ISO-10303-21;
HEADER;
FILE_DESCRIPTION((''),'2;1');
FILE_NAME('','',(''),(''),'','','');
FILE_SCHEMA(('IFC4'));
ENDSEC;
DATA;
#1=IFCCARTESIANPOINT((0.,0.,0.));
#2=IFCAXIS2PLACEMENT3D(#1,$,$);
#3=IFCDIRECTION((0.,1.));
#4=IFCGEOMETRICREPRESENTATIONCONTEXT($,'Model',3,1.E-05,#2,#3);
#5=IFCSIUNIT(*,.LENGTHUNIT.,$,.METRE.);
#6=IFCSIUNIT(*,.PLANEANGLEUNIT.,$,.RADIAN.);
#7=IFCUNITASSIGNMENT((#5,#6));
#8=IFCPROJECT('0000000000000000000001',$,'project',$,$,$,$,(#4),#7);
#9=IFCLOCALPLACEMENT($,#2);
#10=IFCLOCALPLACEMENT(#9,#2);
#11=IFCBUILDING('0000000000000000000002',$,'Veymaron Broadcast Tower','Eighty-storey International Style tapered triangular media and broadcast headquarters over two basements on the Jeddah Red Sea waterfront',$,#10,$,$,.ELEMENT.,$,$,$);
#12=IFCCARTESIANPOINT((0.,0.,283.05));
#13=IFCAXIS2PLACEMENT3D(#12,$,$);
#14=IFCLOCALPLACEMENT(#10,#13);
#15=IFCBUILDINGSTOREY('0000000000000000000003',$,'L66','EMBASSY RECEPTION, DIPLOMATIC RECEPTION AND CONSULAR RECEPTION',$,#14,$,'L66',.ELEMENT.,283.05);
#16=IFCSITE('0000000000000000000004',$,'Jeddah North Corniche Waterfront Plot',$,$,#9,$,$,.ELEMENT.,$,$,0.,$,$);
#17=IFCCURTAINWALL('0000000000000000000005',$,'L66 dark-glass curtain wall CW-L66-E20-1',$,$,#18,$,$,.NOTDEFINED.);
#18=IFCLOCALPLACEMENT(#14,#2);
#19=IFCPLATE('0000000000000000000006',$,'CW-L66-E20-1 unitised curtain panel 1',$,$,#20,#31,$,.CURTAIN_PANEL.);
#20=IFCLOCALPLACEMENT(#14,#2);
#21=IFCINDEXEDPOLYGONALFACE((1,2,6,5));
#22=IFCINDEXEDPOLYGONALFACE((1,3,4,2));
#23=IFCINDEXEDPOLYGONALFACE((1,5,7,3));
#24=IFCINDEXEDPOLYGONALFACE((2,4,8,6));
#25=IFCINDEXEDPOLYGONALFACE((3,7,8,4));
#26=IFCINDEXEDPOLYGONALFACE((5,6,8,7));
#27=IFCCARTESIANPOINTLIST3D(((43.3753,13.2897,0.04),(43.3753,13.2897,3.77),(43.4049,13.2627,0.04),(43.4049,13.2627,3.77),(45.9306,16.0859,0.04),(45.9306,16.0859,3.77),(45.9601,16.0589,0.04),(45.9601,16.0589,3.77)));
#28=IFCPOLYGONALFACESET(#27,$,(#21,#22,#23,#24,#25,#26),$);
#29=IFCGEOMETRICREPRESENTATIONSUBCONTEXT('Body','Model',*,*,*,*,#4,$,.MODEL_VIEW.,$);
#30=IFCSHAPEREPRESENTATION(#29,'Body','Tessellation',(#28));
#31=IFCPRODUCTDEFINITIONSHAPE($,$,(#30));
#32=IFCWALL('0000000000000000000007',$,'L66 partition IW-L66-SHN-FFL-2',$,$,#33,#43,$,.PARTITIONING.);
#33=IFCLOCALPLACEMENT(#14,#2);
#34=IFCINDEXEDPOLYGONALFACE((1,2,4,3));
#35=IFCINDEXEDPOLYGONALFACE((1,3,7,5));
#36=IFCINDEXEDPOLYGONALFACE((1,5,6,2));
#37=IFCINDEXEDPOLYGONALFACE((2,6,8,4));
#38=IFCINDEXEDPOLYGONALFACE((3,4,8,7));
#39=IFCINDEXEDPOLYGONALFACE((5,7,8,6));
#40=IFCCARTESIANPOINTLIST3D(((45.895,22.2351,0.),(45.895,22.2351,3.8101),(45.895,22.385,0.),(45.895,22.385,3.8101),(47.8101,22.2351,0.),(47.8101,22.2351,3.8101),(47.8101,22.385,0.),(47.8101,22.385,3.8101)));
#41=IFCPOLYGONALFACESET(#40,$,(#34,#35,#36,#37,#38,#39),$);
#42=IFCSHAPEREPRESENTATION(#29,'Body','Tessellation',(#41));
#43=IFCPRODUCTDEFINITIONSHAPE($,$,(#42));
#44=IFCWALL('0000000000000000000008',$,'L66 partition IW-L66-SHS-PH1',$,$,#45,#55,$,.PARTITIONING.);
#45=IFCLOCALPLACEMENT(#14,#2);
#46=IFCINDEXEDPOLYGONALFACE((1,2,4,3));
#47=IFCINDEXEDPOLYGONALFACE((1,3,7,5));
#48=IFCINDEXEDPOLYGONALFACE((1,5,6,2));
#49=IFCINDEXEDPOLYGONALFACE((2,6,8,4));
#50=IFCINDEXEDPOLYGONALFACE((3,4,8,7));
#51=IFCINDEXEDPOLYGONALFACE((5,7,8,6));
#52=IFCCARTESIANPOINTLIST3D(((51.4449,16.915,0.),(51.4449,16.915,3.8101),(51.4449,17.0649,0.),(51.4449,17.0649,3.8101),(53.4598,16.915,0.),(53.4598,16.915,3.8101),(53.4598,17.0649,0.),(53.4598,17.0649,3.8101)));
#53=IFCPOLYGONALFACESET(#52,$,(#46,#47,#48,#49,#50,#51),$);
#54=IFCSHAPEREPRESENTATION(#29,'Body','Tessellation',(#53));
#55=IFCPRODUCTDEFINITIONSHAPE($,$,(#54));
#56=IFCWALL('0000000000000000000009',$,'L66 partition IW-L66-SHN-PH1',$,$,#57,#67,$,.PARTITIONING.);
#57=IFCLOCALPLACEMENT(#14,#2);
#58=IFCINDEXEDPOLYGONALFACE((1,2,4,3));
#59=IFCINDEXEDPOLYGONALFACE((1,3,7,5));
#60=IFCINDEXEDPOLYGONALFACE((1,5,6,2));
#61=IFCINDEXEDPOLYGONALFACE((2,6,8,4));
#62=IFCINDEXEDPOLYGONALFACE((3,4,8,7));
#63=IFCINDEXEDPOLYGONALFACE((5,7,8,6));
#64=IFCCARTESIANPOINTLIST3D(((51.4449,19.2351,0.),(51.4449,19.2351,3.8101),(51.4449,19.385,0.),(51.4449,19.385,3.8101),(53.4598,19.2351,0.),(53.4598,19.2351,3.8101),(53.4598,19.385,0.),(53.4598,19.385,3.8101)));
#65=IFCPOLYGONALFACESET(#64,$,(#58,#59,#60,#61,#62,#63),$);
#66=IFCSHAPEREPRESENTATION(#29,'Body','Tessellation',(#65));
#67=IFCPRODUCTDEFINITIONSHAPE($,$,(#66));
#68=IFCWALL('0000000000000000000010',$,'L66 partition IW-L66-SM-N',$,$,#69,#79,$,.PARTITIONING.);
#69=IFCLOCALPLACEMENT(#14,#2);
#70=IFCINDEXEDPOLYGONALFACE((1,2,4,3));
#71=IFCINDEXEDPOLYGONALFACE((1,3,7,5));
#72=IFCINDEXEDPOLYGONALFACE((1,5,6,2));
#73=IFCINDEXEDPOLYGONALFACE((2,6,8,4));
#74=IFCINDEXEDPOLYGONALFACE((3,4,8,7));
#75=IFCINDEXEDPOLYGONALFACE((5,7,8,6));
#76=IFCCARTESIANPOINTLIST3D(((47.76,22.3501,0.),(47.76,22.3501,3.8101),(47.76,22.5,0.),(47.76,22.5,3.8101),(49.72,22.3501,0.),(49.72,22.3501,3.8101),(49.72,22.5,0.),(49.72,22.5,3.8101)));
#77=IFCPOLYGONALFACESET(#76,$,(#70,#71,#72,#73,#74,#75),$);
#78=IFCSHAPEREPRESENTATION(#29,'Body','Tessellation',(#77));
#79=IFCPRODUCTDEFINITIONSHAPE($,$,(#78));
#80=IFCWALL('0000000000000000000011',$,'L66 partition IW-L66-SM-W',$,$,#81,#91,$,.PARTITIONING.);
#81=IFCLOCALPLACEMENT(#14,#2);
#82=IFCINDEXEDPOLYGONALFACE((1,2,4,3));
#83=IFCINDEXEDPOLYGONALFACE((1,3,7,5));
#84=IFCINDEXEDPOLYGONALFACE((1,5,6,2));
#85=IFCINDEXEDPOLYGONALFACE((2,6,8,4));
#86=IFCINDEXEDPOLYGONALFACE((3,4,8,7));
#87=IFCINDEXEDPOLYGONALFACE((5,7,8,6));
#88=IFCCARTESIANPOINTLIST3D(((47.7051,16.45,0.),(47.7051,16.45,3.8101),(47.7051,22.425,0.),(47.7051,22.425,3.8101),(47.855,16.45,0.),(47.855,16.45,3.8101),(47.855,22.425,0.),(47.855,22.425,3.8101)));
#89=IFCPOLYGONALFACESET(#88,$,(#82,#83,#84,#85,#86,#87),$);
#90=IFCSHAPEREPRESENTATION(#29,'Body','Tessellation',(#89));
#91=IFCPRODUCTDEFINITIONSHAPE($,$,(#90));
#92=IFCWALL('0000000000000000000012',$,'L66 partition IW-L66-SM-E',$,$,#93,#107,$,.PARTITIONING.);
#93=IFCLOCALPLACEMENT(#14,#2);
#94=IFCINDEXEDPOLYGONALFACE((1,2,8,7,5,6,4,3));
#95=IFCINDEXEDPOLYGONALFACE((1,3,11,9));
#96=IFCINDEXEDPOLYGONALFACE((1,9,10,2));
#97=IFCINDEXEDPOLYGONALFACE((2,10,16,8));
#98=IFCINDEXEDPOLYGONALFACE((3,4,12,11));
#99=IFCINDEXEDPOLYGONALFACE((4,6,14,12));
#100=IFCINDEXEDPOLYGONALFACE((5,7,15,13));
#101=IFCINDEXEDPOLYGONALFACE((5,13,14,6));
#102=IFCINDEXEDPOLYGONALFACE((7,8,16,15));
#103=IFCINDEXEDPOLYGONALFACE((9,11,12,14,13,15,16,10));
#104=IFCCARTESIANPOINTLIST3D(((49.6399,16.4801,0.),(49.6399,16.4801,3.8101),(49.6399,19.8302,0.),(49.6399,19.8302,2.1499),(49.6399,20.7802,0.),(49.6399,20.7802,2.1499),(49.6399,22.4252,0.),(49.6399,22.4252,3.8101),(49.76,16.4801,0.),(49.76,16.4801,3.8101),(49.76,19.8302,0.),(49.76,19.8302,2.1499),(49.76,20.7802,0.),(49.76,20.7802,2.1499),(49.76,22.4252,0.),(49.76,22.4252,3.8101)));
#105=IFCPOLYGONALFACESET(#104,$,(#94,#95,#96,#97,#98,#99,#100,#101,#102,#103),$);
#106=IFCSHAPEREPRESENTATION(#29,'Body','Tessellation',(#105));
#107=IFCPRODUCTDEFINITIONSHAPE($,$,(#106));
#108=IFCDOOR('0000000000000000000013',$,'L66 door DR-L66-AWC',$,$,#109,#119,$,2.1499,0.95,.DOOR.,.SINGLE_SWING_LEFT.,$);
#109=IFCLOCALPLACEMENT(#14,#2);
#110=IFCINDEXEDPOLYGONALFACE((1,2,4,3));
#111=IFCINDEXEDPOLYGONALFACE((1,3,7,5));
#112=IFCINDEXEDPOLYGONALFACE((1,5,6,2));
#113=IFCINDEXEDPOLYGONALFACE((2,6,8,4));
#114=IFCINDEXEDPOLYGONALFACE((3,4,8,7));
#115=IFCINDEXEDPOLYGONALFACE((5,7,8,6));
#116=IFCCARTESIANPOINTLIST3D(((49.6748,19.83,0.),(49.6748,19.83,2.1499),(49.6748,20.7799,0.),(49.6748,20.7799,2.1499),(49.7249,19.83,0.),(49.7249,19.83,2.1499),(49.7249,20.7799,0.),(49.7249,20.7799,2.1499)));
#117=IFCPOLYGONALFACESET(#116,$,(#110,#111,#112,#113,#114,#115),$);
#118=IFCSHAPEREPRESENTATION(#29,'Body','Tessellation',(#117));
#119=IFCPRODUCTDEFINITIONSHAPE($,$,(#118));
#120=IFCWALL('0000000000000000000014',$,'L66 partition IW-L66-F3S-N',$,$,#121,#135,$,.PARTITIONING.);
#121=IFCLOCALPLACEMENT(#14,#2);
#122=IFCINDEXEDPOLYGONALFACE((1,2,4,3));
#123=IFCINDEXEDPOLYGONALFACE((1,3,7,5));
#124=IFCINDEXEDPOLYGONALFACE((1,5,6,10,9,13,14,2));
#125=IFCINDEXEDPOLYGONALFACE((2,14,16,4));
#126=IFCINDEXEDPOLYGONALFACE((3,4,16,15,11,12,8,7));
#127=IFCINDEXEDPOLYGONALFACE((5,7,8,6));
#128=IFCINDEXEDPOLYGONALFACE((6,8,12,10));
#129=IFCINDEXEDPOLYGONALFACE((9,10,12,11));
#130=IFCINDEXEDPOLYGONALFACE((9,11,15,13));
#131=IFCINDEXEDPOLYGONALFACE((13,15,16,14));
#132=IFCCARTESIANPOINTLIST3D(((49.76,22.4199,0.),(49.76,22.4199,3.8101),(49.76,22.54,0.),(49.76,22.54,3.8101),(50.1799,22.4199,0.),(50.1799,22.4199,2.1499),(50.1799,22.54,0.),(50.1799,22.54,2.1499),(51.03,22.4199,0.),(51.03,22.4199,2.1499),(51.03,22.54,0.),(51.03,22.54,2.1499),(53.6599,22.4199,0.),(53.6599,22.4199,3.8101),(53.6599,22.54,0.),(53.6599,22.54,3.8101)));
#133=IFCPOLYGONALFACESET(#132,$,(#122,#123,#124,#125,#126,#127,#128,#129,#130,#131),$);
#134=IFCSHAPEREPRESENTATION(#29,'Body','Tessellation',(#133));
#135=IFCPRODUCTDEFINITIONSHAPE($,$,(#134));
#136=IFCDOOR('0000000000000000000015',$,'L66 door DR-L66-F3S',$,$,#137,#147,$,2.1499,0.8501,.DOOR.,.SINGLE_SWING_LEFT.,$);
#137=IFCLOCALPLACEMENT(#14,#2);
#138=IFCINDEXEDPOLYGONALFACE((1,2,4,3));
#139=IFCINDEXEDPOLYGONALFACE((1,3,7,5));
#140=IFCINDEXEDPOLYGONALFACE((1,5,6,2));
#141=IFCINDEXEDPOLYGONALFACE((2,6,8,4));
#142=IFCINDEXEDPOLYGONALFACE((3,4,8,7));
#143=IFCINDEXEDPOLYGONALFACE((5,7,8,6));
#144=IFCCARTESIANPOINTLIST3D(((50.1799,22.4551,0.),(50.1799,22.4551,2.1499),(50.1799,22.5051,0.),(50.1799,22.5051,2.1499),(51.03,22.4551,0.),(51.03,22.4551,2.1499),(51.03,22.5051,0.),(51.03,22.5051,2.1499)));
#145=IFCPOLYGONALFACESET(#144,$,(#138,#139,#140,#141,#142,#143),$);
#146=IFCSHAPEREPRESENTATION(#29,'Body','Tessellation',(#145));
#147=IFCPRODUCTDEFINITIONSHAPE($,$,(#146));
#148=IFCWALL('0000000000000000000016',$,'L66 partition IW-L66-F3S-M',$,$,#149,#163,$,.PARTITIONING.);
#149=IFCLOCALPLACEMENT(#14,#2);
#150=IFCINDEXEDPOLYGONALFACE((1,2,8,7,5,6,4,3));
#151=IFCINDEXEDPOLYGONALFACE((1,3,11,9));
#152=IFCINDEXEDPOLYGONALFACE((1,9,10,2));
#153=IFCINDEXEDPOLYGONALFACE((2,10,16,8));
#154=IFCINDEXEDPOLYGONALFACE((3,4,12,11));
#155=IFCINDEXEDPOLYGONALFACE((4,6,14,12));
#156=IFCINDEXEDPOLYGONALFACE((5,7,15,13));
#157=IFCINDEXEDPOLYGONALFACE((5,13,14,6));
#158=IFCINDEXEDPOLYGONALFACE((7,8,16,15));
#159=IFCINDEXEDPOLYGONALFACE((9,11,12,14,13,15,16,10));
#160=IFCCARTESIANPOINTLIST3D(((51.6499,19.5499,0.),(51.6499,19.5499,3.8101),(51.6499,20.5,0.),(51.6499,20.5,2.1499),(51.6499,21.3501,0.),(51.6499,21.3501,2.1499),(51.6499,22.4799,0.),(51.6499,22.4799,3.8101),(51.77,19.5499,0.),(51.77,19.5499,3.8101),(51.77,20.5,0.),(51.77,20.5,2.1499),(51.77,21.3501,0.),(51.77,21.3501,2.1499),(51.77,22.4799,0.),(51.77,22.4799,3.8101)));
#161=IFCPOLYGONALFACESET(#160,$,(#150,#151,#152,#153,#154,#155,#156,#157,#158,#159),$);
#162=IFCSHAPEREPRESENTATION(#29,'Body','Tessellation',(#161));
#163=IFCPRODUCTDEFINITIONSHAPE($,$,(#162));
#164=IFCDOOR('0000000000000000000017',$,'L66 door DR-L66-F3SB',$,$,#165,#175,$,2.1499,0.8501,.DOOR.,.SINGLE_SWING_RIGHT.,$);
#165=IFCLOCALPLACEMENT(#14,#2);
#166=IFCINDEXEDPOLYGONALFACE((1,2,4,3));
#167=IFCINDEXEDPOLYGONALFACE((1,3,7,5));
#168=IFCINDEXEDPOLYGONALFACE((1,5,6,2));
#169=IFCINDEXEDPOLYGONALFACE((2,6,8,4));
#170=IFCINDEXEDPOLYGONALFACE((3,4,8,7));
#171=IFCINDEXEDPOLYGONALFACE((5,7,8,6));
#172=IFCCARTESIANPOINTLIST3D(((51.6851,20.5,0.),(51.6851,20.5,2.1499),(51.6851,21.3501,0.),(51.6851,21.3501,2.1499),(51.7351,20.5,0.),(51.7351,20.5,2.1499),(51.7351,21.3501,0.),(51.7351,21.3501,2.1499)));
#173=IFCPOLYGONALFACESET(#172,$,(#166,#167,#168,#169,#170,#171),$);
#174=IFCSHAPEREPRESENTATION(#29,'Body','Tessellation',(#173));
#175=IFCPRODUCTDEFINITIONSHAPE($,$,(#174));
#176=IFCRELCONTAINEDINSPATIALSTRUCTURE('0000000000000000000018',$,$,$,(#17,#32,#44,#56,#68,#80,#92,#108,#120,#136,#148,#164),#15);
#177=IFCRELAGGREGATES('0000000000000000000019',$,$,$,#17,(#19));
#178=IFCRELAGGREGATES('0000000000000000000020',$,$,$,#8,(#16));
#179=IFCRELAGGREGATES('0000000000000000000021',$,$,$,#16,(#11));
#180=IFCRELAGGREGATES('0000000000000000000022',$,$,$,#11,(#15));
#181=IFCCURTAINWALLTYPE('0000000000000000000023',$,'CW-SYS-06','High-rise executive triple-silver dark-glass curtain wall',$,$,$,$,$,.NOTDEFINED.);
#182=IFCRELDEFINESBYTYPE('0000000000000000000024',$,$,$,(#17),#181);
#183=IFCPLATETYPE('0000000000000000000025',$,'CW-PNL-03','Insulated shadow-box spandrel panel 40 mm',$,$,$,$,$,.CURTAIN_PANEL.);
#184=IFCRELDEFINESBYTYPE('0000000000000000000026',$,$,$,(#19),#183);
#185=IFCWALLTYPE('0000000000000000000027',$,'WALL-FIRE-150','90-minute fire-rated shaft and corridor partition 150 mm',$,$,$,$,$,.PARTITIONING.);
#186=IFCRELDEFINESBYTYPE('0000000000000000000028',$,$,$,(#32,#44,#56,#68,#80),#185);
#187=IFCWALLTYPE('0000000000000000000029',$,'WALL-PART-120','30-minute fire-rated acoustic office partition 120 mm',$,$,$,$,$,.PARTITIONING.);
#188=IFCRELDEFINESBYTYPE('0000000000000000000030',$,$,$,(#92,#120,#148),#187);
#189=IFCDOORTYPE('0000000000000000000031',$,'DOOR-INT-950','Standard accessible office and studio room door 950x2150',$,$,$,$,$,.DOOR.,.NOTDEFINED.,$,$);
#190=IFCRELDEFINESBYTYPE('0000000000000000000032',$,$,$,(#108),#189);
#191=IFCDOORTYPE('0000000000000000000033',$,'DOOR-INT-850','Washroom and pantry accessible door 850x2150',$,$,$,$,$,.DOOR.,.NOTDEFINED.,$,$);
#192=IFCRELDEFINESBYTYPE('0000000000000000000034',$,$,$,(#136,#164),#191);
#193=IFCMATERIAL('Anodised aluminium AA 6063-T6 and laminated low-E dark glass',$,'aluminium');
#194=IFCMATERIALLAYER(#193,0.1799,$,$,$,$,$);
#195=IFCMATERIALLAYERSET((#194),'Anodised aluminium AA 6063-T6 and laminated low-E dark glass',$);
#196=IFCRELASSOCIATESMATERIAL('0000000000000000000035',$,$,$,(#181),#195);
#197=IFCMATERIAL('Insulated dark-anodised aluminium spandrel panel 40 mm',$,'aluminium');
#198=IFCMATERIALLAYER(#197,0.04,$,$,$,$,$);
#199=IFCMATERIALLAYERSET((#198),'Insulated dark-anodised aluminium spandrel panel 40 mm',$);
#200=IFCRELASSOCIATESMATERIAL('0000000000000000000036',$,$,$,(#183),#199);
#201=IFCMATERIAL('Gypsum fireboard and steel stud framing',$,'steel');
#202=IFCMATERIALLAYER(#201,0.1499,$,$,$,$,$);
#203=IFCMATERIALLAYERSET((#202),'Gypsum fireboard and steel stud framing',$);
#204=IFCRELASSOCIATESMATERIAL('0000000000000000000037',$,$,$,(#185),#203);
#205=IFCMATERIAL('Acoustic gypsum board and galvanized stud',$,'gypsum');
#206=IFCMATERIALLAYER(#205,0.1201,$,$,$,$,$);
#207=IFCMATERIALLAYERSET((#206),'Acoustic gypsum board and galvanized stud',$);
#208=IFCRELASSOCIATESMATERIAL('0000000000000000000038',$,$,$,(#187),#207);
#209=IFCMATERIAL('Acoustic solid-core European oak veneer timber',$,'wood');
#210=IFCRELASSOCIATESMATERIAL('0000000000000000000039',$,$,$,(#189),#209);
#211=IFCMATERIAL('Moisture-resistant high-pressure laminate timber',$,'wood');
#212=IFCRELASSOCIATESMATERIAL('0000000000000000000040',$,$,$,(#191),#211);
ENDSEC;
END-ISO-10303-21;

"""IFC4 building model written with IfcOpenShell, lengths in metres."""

from ifc_helpers import new_model, si_unit, direction, frame, frame_2d, origin, origin_2d, place, context, subcontext, project, spatial, rectangle, extrude, material, layer, layer_set, type_object, element, fill, aggregate, save


model = new_model("IFC4")

# Units and contexts
model_context = context("Model", 3, precision=1e-05, world=origin(), true_north=direction((0.0, 1.0)))
body_context = subcontext(model_context, "Body", "Model", "MODEL_VIEW")
ifc_project = project(units=[si_unit("LENGTHUNIT", "METRE"), si_unit("PLANEANGLEUNIT", "RADIAN")], contexts=[model_context])

# Site, building, storey
site_placement = place(None, origin())
site = spatial("IfcSite", under=ifc_project, at=site_placement, Name="Jeddah North Corniche Waterfront Plot", CompositionType="ELEMENT", RefElevation=0.0)
building_placement = place(site_placement, origin())
building = spatial("IfcBuilding", under=site, at=building_placement, Name="Veymaron Broadcast Tower", Description="Eighty-storey International Style tapered triangular media and broadcast headquarters over two basements on the Jeddah Red Sea waterfront", CompositionType="ELEMENT")
storey_placement = place(building_placement, frame((0.0, 0.0, 283.05)))
storey = spatial("IfcBuildingStorey", under=building, at=storey_placement, Name="L66", Description="EMBASSY RECEPTION, DIPLOMATIC RECEPTION AND CONSULAR RECEPTION", LongName="L66", CompositionType="ELEMENT", Elevation=283.05)

# Shared definitions
ifc_material_1 = material(Name="Anodised aluminium AA 6063-T6 and laminated low-E dark glass", Category="aluminium")
ifc_layer_1 = layer(ifc_material_1, 0.1799)
ifc_layer_set_1 = layer_set([ifc_layer_1], Name="Anodised aluminium AA 6063-T6 and laminated low-E dark glass")
curtain_wall_type = type_object("IfcCurtainWallType", Name="CW-SYS-06", Description="High-rise executive triple-silver dark-glass curtain wall", PredefinedType="NOTDEFINED", material=ifc_layer_set_1)

# Curtain wall
curtain_wall_1_placement = place(storey_placement, origin())
curtain_wall_1 = element("IfcCurtainWall", 1, at=curtain_wall_1_placement, inside=storey, type_object=curtain_wall_type, Name="L66 dark-glass curtain wall CW-L66-E20-1", PredefinedType="NOTDEFINED")

# Plate
ifc_material_2 = material(Name="Insulated dark-anodised aluminium spandrel panel 40 mm", Category="aluminium")
ifc_layer_2 = layer(ifc_material_2, 0.04)
ifc_layer_set_2 = layer_set([ifc_layer_2], Name="Insulated dark-anodised aluminium spandrel panel 40 mm")
plate_type = type_object("IfcPlateType", Name="CW-PNL-03", Description="Insulated shadow-box spandrel panel 40 mm", PredefinedType="CURTAIN_PANEL", material=ifc_layer_set_2)
plate_1_placement = place(storey_placement, frame((44.6677, 14.6743, 0.04), z_axis=(0.0, 0.0, 1.0), x_axis=(0.674586, 0.738196, 0.0)))
plate_1 = element("IfcPlate", 2, at=plate_1_placement, type_object=plate_type, Name="CW-L66-E20-1 unitised curtain panel 1", PredefinedType="CURTAIN_PANEL", context=body_context, shape_type="SweptSolid", body=[
    extrude(rectangle(XDim=3.7878, YDim=0.04, at=origin_2d()), origin(), (0.0, 0.0, 1.0), 3.73),
])
aggregate(curtain_wall_1, [plate_1])

# Shared definitions
ifc_material_3 = material(Name="Gypsum fireboard and steel stud framing", Category="steel")
ifc_layer_3 = layer(ifc_material_3, 0.1499)
ifc_layer_set_3 = layer_set([ifc_layer_3], Name="Gypsum fireboard and steel stud framing")
wall_type_1 = type_object("IfcWallType", Name="WALL-FIRE-150", Description="90-minute fire-rated shaft and corridor partition 150 mm", PredefinedType="PARTITIONING", material=ifc_layer_set_3)

# Wall
wall_1_placement = place(storey_placement, frame((45.895, 22.3101, 0.0), z_axis=(0.0, 0.0, 1.0), x_axis=(1.0, 0.0, 0.0)))
element("IfcWall", 3, at=wall_1_placement, inside=storey, type_object=wall_type_1, Name="L66 partition IW-L66-SHN-FFL-2", PredefinedType="PARTITIONING", context=body_context, shape_type="SweptSolid", body=[
    extrude(rectangle(XDim=1.915, YDim=0.1499, at=frame_2d((0.9575, 0.0))), origin(), (0.0, 0.0, 1.0), 3.8101),
])

# Walls
for number, where, z_axis, x_axis, name in (
    (4, (51.4451, 16.99, 0.0), (0.0, 0.0, 1.0), (1.0, 0.0, 0.0), "L66 partition IW-L66-SHS-PH1"),
    (5, (51.4451, 19.3101, 0.0), (0.0, 0.0, 1.0), (1.0, 0.0, 0.0), "L66 partition IW-L66-SHN-PH1"),
):
    element("IfcWall", number, at=place(storey_placement, frame(where, z_axis=z_axis, x_axis=x_axis)), inside=storey, type_object=wall_type_1, Name=name, PredefinedType="PARTITIONING", context=body_context, shape_type="SweptSolid", body=[
        extrude(rectangle(XDim=2.0149, YDim=0.1499, at=frame_2d((1.0073, 0.0))), origin(), (0.0, 0.0, 1.0), 3.8101),
    ])

# Walls
wall_2_placement = place(storey_placement, frame((47.76, 22.425, 0.0), z_axis=(0.0, 0.0, 1.0), x_axis=(1.0, 0.0, 0.0)))
element("IfcWall", 6, at=wall_2_placement, inside=storey, type_object=wall_type_1, Name="L66 partition IW-L66-SM-N", PredefinedType="PARTITIONING", context=body_context, shape_type="SweptSolid", body=[
    extrude(rectangle(XDim=1.96, YDim=0.1499, at=frame_2d((0.98, 0.0))), origin(), (0.0, 0.0, 1.0), 3.8101),
])
wall_3_placement = place(storey_placement, frame((47.78, 16.45, 0.0), z_axis=(0.0, 0.0, 1.0), x_axis=(0.0, 1.0, 0.0)))
element("IfcWall", 7, at=wall_3_placement, inside=storey, type_object=wall_type_1, Name="L66 partition IW-L66-SM-W", PredefinedType="PARTITIONING", context=body_context, shape_type="SweptSolid", body=[
    extrude(rectangle(XDim=5.9751, YDim=0.1499, at=frame_2d((2.9875, 0.0))), origin(), (0.0, 0.0, 1.0), 3.8101),
])

# Walls, openings, doors
ifc_material_4 = material(Name="Acoustic gypsum board and galvanized stud", Category="gypsum")
ifc_layer_4 = layer(ifc_material_4, 0.1201)
ifc_layer_set_4 = layer_set([ifc_layer_4], Name="Acoustic gypsum board and galvanized stud")
wall_type_2 = type_object("IfcWallType", Name="WALL-PART-120", Description="30-minute fire-rated acoustic office partition 120 mm", PredefinedType="PARTITIONING", material=ifc_layer_set_4)
wall_4_placement = place(storey_placement, frame((49.7, 16.48, 0.0), z_axis=(0.0, 0.0, 1.0), x_axis=(0.0, 1.0, 0.0)))
wall_4 = element("IfcWall", 8, at=wall_4_placement, inside=storey, type_object=wall_type_2, Name="L66 partition IW-L66-SM-E", PredefinedType="PARTITIONING", context=body_context, shape_type="SweptSolid", body=[
    extrude(rectangle(XDim=5.9451, YDim=0.1201, at=frame_2d((2.9727, 0.0))), origin(), (0.0, 0.0, 1.0), 3.8101),
])
opening_1_placement = place(wall_4_placement, frame((3.3501, 0.0, 0.0)))
opening_1 = element("IfcOpeningElement", 9, at=opening_1_placement, cuts=wall_4, PredefinedType="OPENING", context=body_context, shape_type="SweptSolid", body=[
    extrude(rectangle(XDim=0.95, YDim=2.1499, at=frame_2d((0.4751, 1.075))), frame((0.0, 0.0701, 0.0), z_axis=(0.0, -1.0, 0.0), x_axis=(1.0, 0.0, 0.0)), (0.0, 0.0, 1.0), 0.1401),
])
ifc_material_5 = material(Name="Acoustic solid-core European oak veneer timber", Category="wood")
door_type_1 = type_object("IfcDoorType", Name="DOOR-INT-950", Description="Standard accessible office and studio room door 950x2150", OperationType="NOTDEFINED", PredefinedType="DOOR", material=ifc_material_5)
door_1_placement = place(opening_1_placement, frame((0.95, 0.0, 0.0), z_axis=(0.0, 0.0, 1.0), x_axis=(-1.0, 0.0, 0.0)))
door_1 = element("IfcDoor", 10, at=door_1_placement, inside=storey, type_object=door_type_1, Name="L66 door DR-L66-AWC", OperationType="SINGLE_SWING_LEFT", OverallHeight=2.1499, OverallWidth=0.95, PredefinedType="DOOR", context=body_context, shape_type="SweptSolid", body=[
    extrude(rectangle(XDim=0.95, YDim=2.1499, at=frame_2d((0.4751, 1.075))), frame((0.0, 0.0249, 0.0), z_axis=(0.0, -1.0, 0.0), x_axis=(1.0, 0.0, 0.0)), (0.0, 0.0, 1.0), 0.05),
])
fill(opening_1, door_1)
wall_5_placement = place(storey_placement, frame((49.76, 22.48, 0.0), z_axis=(0.0, 0.0, 1.0), x_axis=(1.0, 0.0, 0.0)))
wall_5 = element("IfcWall", 11, at=wall_5_placement, inside=storey, type_object=wall_type_2, Name="L66 partition IW-L66-F3S-N", PredefinedType="PARTITIONING", context=body_context, shape_type="SweptSolid", body=[
    extrude(rectangle(XDim=3.8999, YDim=0.1201, at=frame_2d((1.95, 0.0))), origin(), (0.0, 0.0, 1.0), 3.8101),
])
opening_2_placement = place(wall_5_placement, frame((0.4199, 0.0, 0.0)))
opening_2 = element("IfcOpeningElement", 12, at=opening_2_placement, cuts=wall_5, PredefinedType="OPENING", context=body_context, shape_type="SweptSolid", body=[
    extrude(rectangle(XDim=0.8501, YDim=2.1499, at=frame_2d((0.425, 1.075))), frame((0.0, 0.0701, 0.0), z_axis=(0.0, -1.0, 0.0), x_axis=(1.0, 0.0, 0.0)), (0.0, 0.0, 1.0), 0.1401),
])
ifc_material_6 = material(Name="Moisture-resistant high-pressure laminate timber", Category="wood")
door_type_2 = type_object("IfcDoorType", Name="DOOR-INT-850", Description="Washroom and pantry accessible door 850x2150", OperationType="NOTDEFINED", PredefinedType="DOOR", material=ifc_material_6)
door_2_placement = place(opening_2_placement, frame((0.8501, 0.0, 0.0), z_axis=(0.0, 0.0, 1.0), x_axis=(-1.0, 0.0, 0.0)))
door_2 = element("IfcDoor", 13, at=door_2_placement, inside=storey, type_object=door_type_2, Name="L66 door DR-L66-F3S", OperationType="SINGLE_SWING_LEFT", OverallHeight=2.1499, OverallWidth=0.8501, PredefinedType="DOOR", context=body_context, shape_type="SweptSolid", body=[
    extrude(rectangle(XDim=0.8501, YDim=2.1499, at=frame_2d((0.425, 1.075))), frame((0.0, 0.0249, 0.0), z_axis=(0.0, -1.0, 0.0), x_axis=(1.0, 0.0, 0.0)), (0.0, 0.0, 1.0), 0.05),
])
fill(opening_2, door_2)
wall_6_placement = place(storey_placement, frame((51.71, 19.55, 0.0), z_axis=(0.0, 0.0, 1.0), x_axis=(0.0, 1.0, 0.0)))
wall_6 = element("IfcWall", 14, at=wall_6_placement, inside=storey, type_object=wall_type_2, Name="L66 partition IW-L66-F3S-M", PredefinedType="PARTITIONING", context=body_context, shape_type="SweptSolid", body=[
    extrude(rectangle(XDim=2.9299, YDim=0.1201, at=frame_2d((1.4648, 0.0))), origin(), (0.0, 0.0, 1.0), 3.8101),
])
opening_3_placement = place(wall_6_placement, frame((0.95, 0.0, 0.0)))
opening_3 = element("IfcOpeningElement", 15, at=opening_3_placement, cuts=wall_6, PredefinedType="OPENING", context=body_context, shape_type="SweptSolid", body=[
    extrude(rectangle(XDim=0.8501, YDim=2.1499, at=frame_2d((0.425, 1.075))), frame((0.0, 0.0701, 0.0), z_axis=(0.0, -1.0, 0.0), x_axis=(1.0, 0.0, 0.0)), (0.0, 0.0, 1.0), 0.1401),
])
door_3_placement = place(opening_3_placement, origin())
door_3 = element("IfcDoor", 16, at=door_3_placement, inside=storey, type_object=door_type_2, Name="L66 door DR-L66-F3SB", OperationType="SINGLE_SWING_RIGHT", OverallHeight=2.1499, OverallWidth=0.8501, PredefinedType="DOOR", context=body_context, shape_type="SweptSolid", body=[
    extrude(rectangle(XDim=0.8501, YDim=2.1499, at=frame_2d((0.425, 1.075))), frame((0.0, 0.0249, 0.0), z_axis=(0.0, -1.0, 0.0), x_axis=(1.0, 0.0, 0.0)), (0.0, 0.0, 1.0), 0.05),
])
fill(opening_3, door_3)

save(model, "model.ifc")
